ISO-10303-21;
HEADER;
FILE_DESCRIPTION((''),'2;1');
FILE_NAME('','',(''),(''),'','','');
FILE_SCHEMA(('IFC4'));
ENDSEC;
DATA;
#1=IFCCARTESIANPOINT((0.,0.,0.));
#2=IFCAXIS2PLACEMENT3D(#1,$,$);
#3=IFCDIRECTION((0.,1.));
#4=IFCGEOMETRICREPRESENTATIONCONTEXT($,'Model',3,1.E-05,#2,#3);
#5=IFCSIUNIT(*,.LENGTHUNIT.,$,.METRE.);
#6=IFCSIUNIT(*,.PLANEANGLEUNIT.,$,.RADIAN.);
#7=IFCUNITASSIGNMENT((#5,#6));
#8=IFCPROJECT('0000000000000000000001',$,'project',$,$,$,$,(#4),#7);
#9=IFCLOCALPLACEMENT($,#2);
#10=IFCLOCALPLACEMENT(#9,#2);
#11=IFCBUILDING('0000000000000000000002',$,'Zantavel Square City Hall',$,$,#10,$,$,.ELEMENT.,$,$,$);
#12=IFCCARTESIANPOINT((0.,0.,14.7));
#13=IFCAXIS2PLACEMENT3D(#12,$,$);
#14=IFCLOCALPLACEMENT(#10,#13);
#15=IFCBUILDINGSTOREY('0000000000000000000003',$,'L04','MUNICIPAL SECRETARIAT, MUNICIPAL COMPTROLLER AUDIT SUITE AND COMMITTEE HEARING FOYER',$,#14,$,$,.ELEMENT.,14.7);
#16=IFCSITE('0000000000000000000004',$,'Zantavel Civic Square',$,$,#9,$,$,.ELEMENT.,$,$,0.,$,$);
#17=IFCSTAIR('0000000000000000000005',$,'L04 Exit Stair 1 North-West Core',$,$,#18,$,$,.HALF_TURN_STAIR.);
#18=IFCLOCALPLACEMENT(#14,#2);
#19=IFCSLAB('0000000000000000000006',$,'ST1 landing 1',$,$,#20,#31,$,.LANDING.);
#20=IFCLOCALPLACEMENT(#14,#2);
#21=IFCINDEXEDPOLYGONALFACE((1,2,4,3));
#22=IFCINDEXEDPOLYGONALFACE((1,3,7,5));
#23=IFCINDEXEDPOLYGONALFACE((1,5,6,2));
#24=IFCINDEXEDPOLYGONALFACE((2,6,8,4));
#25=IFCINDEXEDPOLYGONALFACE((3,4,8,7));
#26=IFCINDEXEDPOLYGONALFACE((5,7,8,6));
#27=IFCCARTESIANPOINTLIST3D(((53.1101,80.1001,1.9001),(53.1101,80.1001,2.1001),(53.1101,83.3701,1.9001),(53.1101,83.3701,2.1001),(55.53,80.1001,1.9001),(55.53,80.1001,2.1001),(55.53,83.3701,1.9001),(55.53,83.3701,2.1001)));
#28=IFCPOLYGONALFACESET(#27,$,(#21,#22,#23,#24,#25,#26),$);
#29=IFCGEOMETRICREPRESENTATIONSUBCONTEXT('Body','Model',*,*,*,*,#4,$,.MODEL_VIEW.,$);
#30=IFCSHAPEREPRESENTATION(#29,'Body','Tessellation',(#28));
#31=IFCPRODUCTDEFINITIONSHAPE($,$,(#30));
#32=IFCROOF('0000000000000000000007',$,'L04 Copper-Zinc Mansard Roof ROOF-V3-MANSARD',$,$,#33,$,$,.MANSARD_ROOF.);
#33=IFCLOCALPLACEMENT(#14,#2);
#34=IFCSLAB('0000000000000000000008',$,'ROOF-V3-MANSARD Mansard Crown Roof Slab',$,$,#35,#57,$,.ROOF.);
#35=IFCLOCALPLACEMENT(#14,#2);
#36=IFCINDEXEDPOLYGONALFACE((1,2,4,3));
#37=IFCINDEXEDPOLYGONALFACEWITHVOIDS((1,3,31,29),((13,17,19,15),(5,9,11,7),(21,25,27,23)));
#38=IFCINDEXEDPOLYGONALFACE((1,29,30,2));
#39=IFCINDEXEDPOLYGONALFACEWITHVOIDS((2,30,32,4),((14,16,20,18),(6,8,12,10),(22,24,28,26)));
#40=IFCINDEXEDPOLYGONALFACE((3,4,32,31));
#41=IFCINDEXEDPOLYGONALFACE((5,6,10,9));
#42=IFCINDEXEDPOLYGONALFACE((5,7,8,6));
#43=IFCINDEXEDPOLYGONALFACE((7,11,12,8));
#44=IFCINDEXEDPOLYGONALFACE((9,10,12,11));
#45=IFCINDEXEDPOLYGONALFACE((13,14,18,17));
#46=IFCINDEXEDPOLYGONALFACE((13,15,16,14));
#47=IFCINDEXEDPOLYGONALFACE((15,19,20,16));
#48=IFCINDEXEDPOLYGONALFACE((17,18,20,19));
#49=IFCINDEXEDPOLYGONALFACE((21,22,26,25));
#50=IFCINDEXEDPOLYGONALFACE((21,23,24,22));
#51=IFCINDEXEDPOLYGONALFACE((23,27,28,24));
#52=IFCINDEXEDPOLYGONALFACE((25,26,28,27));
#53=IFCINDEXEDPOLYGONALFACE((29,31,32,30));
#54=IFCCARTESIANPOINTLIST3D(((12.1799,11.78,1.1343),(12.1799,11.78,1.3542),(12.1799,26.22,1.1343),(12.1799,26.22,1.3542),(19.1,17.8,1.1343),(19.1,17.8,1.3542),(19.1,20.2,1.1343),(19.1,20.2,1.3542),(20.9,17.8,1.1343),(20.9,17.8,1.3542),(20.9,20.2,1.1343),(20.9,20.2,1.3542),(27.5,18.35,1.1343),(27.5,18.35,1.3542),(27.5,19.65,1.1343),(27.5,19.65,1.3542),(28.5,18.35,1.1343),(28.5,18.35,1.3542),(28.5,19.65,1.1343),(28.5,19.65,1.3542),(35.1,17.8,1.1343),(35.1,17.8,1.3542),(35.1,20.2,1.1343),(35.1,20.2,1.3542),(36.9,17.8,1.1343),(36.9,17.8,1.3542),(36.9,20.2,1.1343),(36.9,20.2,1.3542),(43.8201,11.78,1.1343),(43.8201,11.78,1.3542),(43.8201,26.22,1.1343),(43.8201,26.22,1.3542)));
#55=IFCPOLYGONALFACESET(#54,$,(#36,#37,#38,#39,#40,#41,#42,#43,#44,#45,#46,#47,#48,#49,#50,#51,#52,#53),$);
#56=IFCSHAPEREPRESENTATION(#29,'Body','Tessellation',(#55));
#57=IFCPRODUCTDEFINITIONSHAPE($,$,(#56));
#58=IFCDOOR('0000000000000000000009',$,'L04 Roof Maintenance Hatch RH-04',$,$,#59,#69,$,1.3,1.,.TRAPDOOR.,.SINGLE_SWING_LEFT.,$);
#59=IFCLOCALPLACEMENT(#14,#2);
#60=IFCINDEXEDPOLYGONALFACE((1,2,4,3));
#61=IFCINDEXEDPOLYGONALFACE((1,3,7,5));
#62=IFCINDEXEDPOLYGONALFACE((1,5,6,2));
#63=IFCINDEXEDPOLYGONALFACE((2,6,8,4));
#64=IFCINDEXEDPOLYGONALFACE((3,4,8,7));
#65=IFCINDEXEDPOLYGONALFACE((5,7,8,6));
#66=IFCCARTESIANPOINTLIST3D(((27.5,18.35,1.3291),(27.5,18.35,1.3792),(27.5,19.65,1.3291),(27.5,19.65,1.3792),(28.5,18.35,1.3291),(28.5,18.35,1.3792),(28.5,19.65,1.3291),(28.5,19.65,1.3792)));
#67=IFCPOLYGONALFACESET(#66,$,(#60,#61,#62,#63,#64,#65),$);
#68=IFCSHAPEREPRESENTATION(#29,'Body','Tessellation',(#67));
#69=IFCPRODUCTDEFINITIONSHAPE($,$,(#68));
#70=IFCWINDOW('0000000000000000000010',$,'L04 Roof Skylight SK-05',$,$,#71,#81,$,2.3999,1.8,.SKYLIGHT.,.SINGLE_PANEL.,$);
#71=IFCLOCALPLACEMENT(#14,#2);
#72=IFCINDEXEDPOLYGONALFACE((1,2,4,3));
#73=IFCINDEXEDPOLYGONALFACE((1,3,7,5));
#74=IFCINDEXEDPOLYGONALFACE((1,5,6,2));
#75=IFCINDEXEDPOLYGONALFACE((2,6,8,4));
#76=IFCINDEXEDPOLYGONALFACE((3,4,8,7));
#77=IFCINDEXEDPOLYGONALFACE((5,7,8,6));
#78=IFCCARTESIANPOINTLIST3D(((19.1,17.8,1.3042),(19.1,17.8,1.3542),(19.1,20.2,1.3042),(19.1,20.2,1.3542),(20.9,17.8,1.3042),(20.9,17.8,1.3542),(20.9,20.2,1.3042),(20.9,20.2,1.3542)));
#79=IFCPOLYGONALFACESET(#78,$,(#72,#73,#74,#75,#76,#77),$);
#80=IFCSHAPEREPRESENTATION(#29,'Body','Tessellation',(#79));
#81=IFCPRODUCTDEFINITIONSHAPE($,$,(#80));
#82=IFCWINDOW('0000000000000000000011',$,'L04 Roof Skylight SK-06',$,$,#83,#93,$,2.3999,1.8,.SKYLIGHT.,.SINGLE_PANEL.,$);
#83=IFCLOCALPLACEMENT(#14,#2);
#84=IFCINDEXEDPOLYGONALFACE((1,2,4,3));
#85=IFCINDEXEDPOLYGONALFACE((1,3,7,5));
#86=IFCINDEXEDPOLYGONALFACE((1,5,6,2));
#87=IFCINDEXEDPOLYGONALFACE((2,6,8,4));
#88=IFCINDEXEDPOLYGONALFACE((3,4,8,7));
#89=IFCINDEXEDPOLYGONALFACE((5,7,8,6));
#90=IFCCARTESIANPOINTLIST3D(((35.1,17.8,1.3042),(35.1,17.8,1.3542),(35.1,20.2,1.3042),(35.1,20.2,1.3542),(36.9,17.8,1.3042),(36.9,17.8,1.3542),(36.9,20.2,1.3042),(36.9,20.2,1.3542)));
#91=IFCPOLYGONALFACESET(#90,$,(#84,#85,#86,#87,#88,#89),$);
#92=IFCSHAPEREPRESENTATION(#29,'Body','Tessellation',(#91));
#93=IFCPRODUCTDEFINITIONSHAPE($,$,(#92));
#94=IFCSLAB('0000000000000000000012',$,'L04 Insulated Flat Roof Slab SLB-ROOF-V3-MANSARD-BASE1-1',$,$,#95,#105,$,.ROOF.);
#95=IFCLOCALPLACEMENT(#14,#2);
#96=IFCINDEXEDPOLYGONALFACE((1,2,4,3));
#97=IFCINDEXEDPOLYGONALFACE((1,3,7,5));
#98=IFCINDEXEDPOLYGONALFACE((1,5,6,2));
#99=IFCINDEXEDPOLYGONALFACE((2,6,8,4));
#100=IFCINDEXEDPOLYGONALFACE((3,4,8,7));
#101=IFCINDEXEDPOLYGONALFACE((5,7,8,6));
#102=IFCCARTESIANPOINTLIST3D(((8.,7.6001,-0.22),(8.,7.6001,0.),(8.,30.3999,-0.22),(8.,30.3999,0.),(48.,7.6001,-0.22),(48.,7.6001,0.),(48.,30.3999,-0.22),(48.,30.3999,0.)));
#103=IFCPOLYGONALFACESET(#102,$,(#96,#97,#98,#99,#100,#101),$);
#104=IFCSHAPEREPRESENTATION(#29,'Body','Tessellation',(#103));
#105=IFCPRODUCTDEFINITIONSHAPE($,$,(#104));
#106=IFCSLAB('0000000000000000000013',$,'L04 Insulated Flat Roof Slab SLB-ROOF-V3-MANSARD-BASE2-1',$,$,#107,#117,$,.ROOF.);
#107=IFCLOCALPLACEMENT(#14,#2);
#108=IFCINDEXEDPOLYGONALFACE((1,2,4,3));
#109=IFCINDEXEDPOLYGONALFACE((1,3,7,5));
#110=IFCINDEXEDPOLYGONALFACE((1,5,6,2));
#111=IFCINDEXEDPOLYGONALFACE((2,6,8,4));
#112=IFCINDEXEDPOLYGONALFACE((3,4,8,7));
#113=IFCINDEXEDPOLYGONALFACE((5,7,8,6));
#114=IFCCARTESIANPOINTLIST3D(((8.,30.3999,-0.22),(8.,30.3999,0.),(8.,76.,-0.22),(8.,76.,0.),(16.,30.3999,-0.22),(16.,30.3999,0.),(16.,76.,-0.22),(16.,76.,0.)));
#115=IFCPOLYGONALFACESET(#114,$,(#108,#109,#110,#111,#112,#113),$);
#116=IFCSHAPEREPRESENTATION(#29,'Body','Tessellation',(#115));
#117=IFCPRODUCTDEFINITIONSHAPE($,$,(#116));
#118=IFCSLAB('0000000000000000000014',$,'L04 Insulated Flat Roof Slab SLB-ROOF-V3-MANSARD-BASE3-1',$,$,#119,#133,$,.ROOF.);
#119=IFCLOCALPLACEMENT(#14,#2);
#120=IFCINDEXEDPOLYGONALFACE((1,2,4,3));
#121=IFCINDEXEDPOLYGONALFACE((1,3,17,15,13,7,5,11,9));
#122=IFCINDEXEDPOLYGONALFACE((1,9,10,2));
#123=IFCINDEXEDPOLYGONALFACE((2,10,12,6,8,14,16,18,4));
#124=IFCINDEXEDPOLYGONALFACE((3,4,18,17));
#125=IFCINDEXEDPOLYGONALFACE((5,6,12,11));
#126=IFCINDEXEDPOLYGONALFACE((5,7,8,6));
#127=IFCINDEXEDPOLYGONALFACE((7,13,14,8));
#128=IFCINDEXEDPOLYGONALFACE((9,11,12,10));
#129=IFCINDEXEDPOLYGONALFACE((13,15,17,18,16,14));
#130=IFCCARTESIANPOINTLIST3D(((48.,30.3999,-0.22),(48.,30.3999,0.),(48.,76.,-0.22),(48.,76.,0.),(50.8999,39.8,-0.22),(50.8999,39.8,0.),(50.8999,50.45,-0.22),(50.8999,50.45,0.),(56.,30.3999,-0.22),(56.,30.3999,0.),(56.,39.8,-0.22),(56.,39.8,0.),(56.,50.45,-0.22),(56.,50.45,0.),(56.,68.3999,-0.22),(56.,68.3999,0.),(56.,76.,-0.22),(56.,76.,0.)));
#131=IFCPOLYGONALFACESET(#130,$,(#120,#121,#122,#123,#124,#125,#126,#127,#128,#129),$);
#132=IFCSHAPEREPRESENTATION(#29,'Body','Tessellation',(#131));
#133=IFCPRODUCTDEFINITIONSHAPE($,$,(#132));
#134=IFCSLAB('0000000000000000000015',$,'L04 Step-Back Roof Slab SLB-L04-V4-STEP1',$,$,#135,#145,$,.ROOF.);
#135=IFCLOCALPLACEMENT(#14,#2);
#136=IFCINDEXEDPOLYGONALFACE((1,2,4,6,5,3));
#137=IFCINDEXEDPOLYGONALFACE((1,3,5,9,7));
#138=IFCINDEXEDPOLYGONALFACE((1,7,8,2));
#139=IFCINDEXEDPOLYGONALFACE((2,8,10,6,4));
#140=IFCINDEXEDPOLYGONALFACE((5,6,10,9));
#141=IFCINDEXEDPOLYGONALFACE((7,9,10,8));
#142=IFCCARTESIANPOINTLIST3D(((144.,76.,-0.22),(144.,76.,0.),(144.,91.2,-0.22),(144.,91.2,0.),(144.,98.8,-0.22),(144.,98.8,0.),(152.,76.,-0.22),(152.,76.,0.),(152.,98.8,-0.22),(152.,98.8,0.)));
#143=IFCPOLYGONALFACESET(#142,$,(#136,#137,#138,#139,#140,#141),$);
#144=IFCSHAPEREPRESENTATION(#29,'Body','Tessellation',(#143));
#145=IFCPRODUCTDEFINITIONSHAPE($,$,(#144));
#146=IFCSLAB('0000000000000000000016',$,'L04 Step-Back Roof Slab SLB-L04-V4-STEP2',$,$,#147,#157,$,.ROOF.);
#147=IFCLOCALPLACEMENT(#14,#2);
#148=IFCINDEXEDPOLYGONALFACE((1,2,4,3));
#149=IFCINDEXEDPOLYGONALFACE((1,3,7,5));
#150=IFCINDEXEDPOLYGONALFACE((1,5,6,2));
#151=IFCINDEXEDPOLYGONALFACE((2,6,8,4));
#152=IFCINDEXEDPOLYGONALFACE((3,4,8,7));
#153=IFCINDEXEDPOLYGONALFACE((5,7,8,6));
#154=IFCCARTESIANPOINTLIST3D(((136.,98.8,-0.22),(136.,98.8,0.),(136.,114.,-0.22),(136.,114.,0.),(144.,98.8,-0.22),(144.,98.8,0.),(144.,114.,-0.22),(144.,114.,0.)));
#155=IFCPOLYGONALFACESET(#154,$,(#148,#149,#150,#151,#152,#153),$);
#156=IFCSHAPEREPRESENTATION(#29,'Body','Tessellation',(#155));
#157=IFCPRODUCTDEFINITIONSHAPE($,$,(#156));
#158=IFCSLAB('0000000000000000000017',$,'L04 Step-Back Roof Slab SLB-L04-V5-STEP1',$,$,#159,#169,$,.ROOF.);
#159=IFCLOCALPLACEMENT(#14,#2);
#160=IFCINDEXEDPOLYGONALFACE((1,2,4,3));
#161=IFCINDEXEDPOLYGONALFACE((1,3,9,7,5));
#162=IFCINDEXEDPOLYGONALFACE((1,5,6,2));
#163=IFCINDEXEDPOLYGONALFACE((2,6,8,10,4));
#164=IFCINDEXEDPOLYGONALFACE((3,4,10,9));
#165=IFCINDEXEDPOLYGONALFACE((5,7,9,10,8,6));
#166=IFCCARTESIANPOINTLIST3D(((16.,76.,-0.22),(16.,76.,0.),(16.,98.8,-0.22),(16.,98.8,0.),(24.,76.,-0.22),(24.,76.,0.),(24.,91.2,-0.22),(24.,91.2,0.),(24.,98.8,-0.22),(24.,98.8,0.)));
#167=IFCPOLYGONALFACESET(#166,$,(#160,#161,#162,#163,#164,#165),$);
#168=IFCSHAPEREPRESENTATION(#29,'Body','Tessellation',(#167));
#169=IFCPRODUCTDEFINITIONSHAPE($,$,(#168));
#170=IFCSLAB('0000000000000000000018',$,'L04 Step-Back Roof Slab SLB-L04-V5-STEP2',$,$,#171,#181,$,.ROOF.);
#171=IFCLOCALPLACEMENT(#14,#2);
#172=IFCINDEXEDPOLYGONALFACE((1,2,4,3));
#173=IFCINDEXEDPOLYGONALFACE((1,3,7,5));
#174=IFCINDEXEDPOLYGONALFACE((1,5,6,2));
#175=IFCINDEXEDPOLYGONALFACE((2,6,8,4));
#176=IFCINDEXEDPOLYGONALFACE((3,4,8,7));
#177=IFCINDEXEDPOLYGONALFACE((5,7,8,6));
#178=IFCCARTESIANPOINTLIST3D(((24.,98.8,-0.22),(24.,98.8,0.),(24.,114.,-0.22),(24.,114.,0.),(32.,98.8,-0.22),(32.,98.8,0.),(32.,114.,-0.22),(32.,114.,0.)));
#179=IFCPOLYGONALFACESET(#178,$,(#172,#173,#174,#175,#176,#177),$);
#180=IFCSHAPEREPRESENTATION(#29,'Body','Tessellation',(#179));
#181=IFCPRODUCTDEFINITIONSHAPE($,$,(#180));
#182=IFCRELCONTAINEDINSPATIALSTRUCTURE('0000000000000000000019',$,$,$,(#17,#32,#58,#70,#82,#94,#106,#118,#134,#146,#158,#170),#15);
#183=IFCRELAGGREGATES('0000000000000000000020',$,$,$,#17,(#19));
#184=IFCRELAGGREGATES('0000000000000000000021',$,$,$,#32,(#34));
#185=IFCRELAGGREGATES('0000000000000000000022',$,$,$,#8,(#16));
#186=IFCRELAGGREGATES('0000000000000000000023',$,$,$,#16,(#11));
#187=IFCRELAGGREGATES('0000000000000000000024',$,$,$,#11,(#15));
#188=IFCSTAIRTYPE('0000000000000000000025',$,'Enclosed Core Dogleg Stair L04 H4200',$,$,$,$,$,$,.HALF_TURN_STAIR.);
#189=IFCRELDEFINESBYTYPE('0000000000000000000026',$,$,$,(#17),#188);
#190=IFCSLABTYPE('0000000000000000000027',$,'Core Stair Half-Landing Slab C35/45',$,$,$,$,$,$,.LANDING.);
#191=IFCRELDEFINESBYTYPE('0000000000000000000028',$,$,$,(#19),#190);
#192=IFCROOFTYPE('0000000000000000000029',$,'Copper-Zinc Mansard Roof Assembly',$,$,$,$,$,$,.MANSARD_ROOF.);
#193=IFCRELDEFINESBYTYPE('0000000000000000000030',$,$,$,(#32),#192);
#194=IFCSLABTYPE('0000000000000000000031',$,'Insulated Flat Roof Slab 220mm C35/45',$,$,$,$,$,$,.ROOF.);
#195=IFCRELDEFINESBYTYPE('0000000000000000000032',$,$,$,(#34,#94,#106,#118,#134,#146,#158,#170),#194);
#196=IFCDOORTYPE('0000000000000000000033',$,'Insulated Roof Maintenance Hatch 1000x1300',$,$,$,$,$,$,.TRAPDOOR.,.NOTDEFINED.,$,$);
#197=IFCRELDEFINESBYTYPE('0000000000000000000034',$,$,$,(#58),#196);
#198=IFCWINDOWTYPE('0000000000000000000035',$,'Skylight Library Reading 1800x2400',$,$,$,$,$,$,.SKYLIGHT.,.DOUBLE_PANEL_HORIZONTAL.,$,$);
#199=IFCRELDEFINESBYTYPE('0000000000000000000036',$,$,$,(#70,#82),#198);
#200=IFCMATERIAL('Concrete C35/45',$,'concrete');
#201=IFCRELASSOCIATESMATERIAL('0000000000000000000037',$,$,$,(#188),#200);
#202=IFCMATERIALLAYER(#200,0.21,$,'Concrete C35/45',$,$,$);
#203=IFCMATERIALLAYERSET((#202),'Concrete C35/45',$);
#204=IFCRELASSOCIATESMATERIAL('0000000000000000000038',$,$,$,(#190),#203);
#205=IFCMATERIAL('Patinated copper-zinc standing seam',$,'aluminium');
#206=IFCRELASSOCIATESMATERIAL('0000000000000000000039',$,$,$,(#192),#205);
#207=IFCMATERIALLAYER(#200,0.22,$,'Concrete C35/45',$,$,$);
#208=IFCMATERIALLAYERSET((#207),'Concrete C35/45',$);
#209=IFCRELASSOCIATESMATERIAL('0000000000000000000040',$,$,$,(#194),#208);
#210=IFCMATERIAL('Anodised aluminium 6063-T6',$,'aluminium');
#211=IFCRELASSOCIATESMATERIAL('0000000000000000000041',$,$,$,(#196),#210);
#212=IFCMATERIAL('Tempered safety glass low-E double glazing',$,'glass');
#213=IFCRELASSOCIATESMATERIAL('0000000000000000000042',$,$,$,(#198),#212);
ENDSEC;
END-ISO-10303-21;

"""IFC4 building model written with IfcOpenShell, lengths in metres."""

from ifc_helpers import new_model, si_unit, direction, frame, origin, origin_2d, place, context, subcontext, project, spatial, polyline, rectangle, outline, extrude, material, layer, layer_set, type_object, element, fill, aggregate, save


model = new_model("IFC4")

# Units and contexts
model_context = context("Model", 3, precision=1e-05, world=origin(), true_north=direction((0.0, 1.0)))
body_context = subcontext(model_context, "Body", "Model", "MODEL_VIEW")
ifc_project = project(units=[si_unit("LENGTHUNIT", "METRE"), si_unit("PLANEANGLEUNIT", "RADIAN")], contexts=[model_context])

# Site, building, storey
site_placement = place(None, origin())
site = spatial("IfcSite", under=ifc_project, at=site_placement, Name="Zantavel Civic Square", CompositionType="ELEMENT", RefElevation=0.0)
building_placement = place(site_placement, origin())
building = spatial("IfcBuilding", under=site, at=building_placement, Name="Zantavel Square City Hall", CompositionType="ELEMENT")
storey_placement = place(building_placement, frame((0.0, 0.0, 14.7)))
storey = spatial("IfcBuildingStorey", under=building, at=storey_placement, Name="L04", Description="MUNICIPAL SECRETARIAT, MUNICIPAL COMPTROLLER AUDIT SUITE AND COMMITTEE HEARING FOYER", CompositionType="ELEMENT", Elevation=14.7)

# Stair, slab
ifc_material_1 = material(Name="Concrete C35/45", Category="concrete")
stair_type = type_object("IfcStairType", Name="Enclosed Core Dogleg Stair L04 H4200", PredefinedType="HALF_TURN_STAIR", material=ifc_material_1)
stair_placement = place(storey_placement, origin())
stair = element("IfcStair", 1, at=stair_placement, inside=storey, type_object=stair_type, Name="L04 Exit Stair 1 North-West Core", PredefinedType="HALF_TURN_STAIR")
ifc_layer_1 = layer(ifc_material_1, 0.21, Name="Concrete C35/45")
ifc_layer_set_1 = layer_set([ifc_layer_1], Name="Concrete C35/45")
slab_type_1 = type_object("IfcSlabType", Name="Core Stair Half-Landing Slab C35/45", PredefinedType="LANDING", material=ifc_layer_set_1)
slab_1_placement = place(storey_placement, frame((0.0, 0.0, 1.9001)))
slab_1 = element("IfcSlab", 2, at=slab_1_placement, type_object=slab_type_1, Name="ST1 landing 1", PredefinedType="LANDING", context=body_context, shape_type="SweptSolid", body=[
    extrude(outline(polyline([(53.1101, 80.1001), (55.53, 80.1001), (55.53, 83.3701), (53.1101, 83.3701), (53.1101, 80.1001)])), origin(), (0.0, 0.0, 1.0), 0.2),
])
aggregate(stair, [slab_1])

# Roof, slab, openings, door, windows
ifc_material_2 = material(Name="Patinated copper-zinc standing seam", Category="aluminium")
roof_type = type_object("IfcRoofType", Name="Copper-Zinc Mansard Roof Assembly", PredefinedType="MANSARD_ROOF", material=ifc_material_2)
roof_placement = place(storey_placement, origin())
roof = element("IfcRoof", 3, at=roof_placement, inside=storey, type_object=roof_type, Name="L04 Copper-Zinc Mansard Roof ROOF-V3-MANSARD", PredefinedType="MANSARD_ROOF")
ifc_layer_2 = layer(ifc_material_1, 0.22, Name="Concrete C35/45")
ifc_layer_set_2 = layer_set([ifc_layer_2], Name="Concrete C35/45")
slab_type_2 = type_object("IfcSlabType", Name="Insulated Flat Roof Slab 220mm C35/45", PredefinedType="ROOF", material=ifc_layer_set_2)
slab_2_placement = place(storey_placement, frame((0.0, 0.0, 1.1343)))
slab_2 = element("IfcSlab", 4, at=slab_2_placement, type_object=slab_type_2, Name="ROOF-V3-MANSARD Mansard Crown Roof Slab", PredefinedType="ROOF", context=body_context, shape_type="SweptSolid", body=[
    extrude(outline(polyline([(12.1799, 11.78), (43.8201, 11.78), (43.8201, 26.22), (12.1799, 26.22), (12.1799, 11.78)])), origin(), (0.0, 0.0, 1.0), 0.22),
])
opening_1_placement = place(slab_2_placement, frame((20.0, 19.0, 0.0)))
opening_1 = element("IfcOpeningElement", 5, at=opening_1_placement, cuts=slab_2, PredefinedType="OPENING", context=body_context, shape_type="SweptSolid", body=[
    extrude(rectangle(XDim=1.8, YDim=2.3999, at=origin_2d()), frame((0.0, 0.0, -0.02)), (0.0, 0.0, 1.0), 0.26),
])
opening_2_placement = place(slab_2_placement, frame((36.0, 19.0, 0.0)))
opening_2 = element("IfcOpeningElement", 6, at=opening_2_placement, cuts=slab_2, PredefinedType="OPENING", context=body_context, shape_type="SweptSolid", body=[
    extrude(rectangle(XDim=1.8, YDim=2.3999, at=origin_2d()), frame((0.0, 0.0, -0.02)), (0.0, 0.0, 1.0), 0.26),
])
opening_3_placement = place(slab_2_placement, frame((28.0, 19.0, 0.0)))
opening_3 = element("IfcOpeningElement", 7, at=opening_3_placement, cuts=slab_2, PredefinedType="OPENING", context=body_context, shape_type="SweptSolid", body=[
    extrude(rectangle(XDim=1.0, YDim=1.3, at=origin_2d()), frame((0.0, 0.0, -0.02)), (0.0, 0.0, 1.0), 0.2849),
])
ifc_material_3 = material(Name="Anodised aluminium 6063-T6", Category="aluminium")
door_type = type_object("IfcDoorType", Name="Insulated Roof Maintenance Hatch 1000x1300", OperationType="NOTDEFINED", PredefinedType="TRAPDOOR", material=ifc_material_3)
door_placement = place(opening_3_placement, frame((0.0, 0.0, 0.1948)))
door = element("IfcDoor", 8, at=door_placement, inside=storey, type_object=door_type, Name="L04 Roof Maintenance Hatch RH-04", OperationType="SINGLE_SWING_LEFT", OverallHeight=1.3, OverallWidth=1.0, PredefinedType="TRAPDOOR", context=body_context, shape_type="SweptSolid", body=[
    extrude(rectangle(XDim=1.0, YDim=1.3, at=origin_2d()), origin(), (0.0, 0.0, 1.0), 0.05),
])
fill(opening_3, door)
ifc_material_4 = material(Name="Tempered safety glass low-E double glazing", Category="glass")
window_type = type_object("IfcWindowType", Name="Skylight Library Reading 1800x2400", PartitioningType="DOUBLE_PANEL_HORIZONTAL", PredefinedType="SKYLIGHT", material=ifc_material_4)
window_1_placement = place(opening_1_placement, frame((0.0, 0.0, 0.1699)))
window_1 = element("IfcWindow", 9, at=window_1_placement, inside=storey, type_object=window_type, Name="L04 Roof Skylight SK-05", OverallHeight=2.3999, OverallWidth=1.8, PartitioningType="SINGLE_PANEL", PredefinedType="SKYLIGHT", context=body_context, shape_type="SweptSolid", body=[
    extrude(rectangle(XDim=1.8, YDim=2.3999, at=origin_2d()), origin(), (0.0, 0.0, 1.0), 0.05),
])
fill(opening_1, window_1)
window_2_placement = place(opening_2_placement, frame((0.0, 0.0, 0.1699)))
window_2 = element("IfcWindow", 10, at=window_2_placement, inside=storey, type_object=window_type, Name="L04 Roof Skylight SK-06", OverallHeight=2.3999, OverallWidth=1.8, PartitioningType="SINGLE_PANEL", PredefinedType="SKYLIGHT", context=body_context, shape_type="SweptSolid", body=[
    extrude(rectangle(XDim=1.8, YDim=2.3999, at=origin_2d()), origin(), (0.0, 0.0, 1.0), 0.05),
])
fill(opening_2, window_2)
aggregate(roof, [slab_2])

# Slabs
slab_3_placement = place(storey_placement, frame((0.0, 0.0, -0.22)))
element("IfcSlab", 11, at=slab_3_placement, inside=storey, type_object=slab_type_2, Name="L04 Insulated Flat Roof Slab SLB-ROOF-V3-MANSARD-BASE1-1", PredefinedType="ROOF", context=body_context, shape_type="SweptSolid", body=[
    extrude(outline(polyline([(8.0, 7.6001), (8.0, 30.3999), (48.0, 30.3999), (48.0, 7.6001), (8.0, 7.6001)])), origin(), (0.0, 0.0, 1.0), 0.22),
])
slab_4_placement = place(storey_placement, frame((0.0, 0.0, -0.22)))
element("IfcSlab", 12, at=slab_4_placement, inside=storey, type_object=slab_type_2, Name="L04 Insulated Flat Roof Slab SLB-ROOF-V3-MANSARD-BASE2-1", PredefinedType="ROOF", context=body_context, shape_type="SweptSolid", body=[
    extrude(outline(polyline([(8.0, 76.0), (16.0, 76.0), (16.0, 30.3999), (8.0, 30.3999), (8.0, 76.0)])), origin(), (0.0, 0.0, 1.0), 0.22),
])
slab_5_placement = place(storey_placement, frame((0.0, 0.0, -0.22)))
element("IfcSlab", 13, at=slab_5_placement, inside=storey, type_object=slab_type_2, Name="L04 Insulated Flat Roof Slab SLB-ROOF-V3-MANSARD-BASE3-1", PredefinedType="ROOF", context=body_context, shape_type="SweptSolid", body=[
    extrude(outline(polyline([(56.0, 30.3999), (48.0, 30.3999), (48.0, 76.0), (56.0, 76.0), (56.0, 68.3999), (56.0, 50.45), (50.8999, 50.45), (50.8999, 39.8), (56.0, 39.8), (56.0, 30.3999)])), origin(), (0.0, 0.0, 1.0), 0.22),
])
slab_6_placement = place(storey_placement, frame((0.0, 0.0, -0.22)))
element("IfcSlab", 14, at=slab_6_placement, inside=storey, type_object=slab_type_2, Name="L04 Step-Back Roof Slab SLB-L04-V4-STEP1", PredefinedType="ROOF", context=body_context, shape_type="SweptSolid", body=[
    extrude(outline(polyline([(152.0, 98.8), (152.0, 76.0), (144.0, 76.0), (144.0, 91.2), (144.0, 98.8), (152.0, 98.8)])), origin(), (0.0, 0.0, 1.0), 0.22),
])
slab_7_placement = place(storey_placement, frame((0.0, 0.0, -0.22)))
element("IfcSlab", 15, at=slab_7_placement, inside=storey, type_object=slab_type_2, Name="L04 Step-Back Roof Slab SLB-L04-V4-STEP2", PredefinedType="ROOF", context=body_context, shape_type="SweptSolid", body=[
    extrude(outline(polyline([(144.0, 114.0), (144.0, 98.8), (136.0, 98.8), (136.0, 114.0), (144.0, 114.0)])), origin(), (0.0, 0.0, 1.0), 0.22),
])
slab_8_placement = place(storey_placement, frame((0.0, 0.0, -0.22)))
element("IfcSlab", 16, at=slab_8_placement, inside=storey, type_object=slab_type_2, Name="L04 Step-Back Roof Slab SLB-L04-V5-STEP1", PredefinedType="ROOF", context=body_context, shape_type="SweptSolid", body=[
    extrude(outline(polyline([(24.0, 76.0), (16.0, 76.0), (16.0, 98.8), (24.0, 98.8), (24.0, 91.2), (24.0, 76.0)])), origin(), (0.0, 0.0, 1.0), 0.22),
])
slab_9_placement = place(storey_placement, frame((0.0, 0.0, -0.22)))
element("IfcSlab", 17, at=slab_9_placement, inside=storey, type_object=slab_type_2, Name="L04 Step-Back Roof Slab SLB-L04-V5-STEP2", PredefinedType="ROOF", context=body_context, shape_type="SweptSolid", body=[
    extrude(outline(polyline([(32.0, 98.8), (24.0, 98.8), (24.0, 114.0), (32.0, 114.0), (32.0, 98.8)])), origin(), (0.0, 0.0, 1.0), 0.22),
])

save(model, "model.ifc")
